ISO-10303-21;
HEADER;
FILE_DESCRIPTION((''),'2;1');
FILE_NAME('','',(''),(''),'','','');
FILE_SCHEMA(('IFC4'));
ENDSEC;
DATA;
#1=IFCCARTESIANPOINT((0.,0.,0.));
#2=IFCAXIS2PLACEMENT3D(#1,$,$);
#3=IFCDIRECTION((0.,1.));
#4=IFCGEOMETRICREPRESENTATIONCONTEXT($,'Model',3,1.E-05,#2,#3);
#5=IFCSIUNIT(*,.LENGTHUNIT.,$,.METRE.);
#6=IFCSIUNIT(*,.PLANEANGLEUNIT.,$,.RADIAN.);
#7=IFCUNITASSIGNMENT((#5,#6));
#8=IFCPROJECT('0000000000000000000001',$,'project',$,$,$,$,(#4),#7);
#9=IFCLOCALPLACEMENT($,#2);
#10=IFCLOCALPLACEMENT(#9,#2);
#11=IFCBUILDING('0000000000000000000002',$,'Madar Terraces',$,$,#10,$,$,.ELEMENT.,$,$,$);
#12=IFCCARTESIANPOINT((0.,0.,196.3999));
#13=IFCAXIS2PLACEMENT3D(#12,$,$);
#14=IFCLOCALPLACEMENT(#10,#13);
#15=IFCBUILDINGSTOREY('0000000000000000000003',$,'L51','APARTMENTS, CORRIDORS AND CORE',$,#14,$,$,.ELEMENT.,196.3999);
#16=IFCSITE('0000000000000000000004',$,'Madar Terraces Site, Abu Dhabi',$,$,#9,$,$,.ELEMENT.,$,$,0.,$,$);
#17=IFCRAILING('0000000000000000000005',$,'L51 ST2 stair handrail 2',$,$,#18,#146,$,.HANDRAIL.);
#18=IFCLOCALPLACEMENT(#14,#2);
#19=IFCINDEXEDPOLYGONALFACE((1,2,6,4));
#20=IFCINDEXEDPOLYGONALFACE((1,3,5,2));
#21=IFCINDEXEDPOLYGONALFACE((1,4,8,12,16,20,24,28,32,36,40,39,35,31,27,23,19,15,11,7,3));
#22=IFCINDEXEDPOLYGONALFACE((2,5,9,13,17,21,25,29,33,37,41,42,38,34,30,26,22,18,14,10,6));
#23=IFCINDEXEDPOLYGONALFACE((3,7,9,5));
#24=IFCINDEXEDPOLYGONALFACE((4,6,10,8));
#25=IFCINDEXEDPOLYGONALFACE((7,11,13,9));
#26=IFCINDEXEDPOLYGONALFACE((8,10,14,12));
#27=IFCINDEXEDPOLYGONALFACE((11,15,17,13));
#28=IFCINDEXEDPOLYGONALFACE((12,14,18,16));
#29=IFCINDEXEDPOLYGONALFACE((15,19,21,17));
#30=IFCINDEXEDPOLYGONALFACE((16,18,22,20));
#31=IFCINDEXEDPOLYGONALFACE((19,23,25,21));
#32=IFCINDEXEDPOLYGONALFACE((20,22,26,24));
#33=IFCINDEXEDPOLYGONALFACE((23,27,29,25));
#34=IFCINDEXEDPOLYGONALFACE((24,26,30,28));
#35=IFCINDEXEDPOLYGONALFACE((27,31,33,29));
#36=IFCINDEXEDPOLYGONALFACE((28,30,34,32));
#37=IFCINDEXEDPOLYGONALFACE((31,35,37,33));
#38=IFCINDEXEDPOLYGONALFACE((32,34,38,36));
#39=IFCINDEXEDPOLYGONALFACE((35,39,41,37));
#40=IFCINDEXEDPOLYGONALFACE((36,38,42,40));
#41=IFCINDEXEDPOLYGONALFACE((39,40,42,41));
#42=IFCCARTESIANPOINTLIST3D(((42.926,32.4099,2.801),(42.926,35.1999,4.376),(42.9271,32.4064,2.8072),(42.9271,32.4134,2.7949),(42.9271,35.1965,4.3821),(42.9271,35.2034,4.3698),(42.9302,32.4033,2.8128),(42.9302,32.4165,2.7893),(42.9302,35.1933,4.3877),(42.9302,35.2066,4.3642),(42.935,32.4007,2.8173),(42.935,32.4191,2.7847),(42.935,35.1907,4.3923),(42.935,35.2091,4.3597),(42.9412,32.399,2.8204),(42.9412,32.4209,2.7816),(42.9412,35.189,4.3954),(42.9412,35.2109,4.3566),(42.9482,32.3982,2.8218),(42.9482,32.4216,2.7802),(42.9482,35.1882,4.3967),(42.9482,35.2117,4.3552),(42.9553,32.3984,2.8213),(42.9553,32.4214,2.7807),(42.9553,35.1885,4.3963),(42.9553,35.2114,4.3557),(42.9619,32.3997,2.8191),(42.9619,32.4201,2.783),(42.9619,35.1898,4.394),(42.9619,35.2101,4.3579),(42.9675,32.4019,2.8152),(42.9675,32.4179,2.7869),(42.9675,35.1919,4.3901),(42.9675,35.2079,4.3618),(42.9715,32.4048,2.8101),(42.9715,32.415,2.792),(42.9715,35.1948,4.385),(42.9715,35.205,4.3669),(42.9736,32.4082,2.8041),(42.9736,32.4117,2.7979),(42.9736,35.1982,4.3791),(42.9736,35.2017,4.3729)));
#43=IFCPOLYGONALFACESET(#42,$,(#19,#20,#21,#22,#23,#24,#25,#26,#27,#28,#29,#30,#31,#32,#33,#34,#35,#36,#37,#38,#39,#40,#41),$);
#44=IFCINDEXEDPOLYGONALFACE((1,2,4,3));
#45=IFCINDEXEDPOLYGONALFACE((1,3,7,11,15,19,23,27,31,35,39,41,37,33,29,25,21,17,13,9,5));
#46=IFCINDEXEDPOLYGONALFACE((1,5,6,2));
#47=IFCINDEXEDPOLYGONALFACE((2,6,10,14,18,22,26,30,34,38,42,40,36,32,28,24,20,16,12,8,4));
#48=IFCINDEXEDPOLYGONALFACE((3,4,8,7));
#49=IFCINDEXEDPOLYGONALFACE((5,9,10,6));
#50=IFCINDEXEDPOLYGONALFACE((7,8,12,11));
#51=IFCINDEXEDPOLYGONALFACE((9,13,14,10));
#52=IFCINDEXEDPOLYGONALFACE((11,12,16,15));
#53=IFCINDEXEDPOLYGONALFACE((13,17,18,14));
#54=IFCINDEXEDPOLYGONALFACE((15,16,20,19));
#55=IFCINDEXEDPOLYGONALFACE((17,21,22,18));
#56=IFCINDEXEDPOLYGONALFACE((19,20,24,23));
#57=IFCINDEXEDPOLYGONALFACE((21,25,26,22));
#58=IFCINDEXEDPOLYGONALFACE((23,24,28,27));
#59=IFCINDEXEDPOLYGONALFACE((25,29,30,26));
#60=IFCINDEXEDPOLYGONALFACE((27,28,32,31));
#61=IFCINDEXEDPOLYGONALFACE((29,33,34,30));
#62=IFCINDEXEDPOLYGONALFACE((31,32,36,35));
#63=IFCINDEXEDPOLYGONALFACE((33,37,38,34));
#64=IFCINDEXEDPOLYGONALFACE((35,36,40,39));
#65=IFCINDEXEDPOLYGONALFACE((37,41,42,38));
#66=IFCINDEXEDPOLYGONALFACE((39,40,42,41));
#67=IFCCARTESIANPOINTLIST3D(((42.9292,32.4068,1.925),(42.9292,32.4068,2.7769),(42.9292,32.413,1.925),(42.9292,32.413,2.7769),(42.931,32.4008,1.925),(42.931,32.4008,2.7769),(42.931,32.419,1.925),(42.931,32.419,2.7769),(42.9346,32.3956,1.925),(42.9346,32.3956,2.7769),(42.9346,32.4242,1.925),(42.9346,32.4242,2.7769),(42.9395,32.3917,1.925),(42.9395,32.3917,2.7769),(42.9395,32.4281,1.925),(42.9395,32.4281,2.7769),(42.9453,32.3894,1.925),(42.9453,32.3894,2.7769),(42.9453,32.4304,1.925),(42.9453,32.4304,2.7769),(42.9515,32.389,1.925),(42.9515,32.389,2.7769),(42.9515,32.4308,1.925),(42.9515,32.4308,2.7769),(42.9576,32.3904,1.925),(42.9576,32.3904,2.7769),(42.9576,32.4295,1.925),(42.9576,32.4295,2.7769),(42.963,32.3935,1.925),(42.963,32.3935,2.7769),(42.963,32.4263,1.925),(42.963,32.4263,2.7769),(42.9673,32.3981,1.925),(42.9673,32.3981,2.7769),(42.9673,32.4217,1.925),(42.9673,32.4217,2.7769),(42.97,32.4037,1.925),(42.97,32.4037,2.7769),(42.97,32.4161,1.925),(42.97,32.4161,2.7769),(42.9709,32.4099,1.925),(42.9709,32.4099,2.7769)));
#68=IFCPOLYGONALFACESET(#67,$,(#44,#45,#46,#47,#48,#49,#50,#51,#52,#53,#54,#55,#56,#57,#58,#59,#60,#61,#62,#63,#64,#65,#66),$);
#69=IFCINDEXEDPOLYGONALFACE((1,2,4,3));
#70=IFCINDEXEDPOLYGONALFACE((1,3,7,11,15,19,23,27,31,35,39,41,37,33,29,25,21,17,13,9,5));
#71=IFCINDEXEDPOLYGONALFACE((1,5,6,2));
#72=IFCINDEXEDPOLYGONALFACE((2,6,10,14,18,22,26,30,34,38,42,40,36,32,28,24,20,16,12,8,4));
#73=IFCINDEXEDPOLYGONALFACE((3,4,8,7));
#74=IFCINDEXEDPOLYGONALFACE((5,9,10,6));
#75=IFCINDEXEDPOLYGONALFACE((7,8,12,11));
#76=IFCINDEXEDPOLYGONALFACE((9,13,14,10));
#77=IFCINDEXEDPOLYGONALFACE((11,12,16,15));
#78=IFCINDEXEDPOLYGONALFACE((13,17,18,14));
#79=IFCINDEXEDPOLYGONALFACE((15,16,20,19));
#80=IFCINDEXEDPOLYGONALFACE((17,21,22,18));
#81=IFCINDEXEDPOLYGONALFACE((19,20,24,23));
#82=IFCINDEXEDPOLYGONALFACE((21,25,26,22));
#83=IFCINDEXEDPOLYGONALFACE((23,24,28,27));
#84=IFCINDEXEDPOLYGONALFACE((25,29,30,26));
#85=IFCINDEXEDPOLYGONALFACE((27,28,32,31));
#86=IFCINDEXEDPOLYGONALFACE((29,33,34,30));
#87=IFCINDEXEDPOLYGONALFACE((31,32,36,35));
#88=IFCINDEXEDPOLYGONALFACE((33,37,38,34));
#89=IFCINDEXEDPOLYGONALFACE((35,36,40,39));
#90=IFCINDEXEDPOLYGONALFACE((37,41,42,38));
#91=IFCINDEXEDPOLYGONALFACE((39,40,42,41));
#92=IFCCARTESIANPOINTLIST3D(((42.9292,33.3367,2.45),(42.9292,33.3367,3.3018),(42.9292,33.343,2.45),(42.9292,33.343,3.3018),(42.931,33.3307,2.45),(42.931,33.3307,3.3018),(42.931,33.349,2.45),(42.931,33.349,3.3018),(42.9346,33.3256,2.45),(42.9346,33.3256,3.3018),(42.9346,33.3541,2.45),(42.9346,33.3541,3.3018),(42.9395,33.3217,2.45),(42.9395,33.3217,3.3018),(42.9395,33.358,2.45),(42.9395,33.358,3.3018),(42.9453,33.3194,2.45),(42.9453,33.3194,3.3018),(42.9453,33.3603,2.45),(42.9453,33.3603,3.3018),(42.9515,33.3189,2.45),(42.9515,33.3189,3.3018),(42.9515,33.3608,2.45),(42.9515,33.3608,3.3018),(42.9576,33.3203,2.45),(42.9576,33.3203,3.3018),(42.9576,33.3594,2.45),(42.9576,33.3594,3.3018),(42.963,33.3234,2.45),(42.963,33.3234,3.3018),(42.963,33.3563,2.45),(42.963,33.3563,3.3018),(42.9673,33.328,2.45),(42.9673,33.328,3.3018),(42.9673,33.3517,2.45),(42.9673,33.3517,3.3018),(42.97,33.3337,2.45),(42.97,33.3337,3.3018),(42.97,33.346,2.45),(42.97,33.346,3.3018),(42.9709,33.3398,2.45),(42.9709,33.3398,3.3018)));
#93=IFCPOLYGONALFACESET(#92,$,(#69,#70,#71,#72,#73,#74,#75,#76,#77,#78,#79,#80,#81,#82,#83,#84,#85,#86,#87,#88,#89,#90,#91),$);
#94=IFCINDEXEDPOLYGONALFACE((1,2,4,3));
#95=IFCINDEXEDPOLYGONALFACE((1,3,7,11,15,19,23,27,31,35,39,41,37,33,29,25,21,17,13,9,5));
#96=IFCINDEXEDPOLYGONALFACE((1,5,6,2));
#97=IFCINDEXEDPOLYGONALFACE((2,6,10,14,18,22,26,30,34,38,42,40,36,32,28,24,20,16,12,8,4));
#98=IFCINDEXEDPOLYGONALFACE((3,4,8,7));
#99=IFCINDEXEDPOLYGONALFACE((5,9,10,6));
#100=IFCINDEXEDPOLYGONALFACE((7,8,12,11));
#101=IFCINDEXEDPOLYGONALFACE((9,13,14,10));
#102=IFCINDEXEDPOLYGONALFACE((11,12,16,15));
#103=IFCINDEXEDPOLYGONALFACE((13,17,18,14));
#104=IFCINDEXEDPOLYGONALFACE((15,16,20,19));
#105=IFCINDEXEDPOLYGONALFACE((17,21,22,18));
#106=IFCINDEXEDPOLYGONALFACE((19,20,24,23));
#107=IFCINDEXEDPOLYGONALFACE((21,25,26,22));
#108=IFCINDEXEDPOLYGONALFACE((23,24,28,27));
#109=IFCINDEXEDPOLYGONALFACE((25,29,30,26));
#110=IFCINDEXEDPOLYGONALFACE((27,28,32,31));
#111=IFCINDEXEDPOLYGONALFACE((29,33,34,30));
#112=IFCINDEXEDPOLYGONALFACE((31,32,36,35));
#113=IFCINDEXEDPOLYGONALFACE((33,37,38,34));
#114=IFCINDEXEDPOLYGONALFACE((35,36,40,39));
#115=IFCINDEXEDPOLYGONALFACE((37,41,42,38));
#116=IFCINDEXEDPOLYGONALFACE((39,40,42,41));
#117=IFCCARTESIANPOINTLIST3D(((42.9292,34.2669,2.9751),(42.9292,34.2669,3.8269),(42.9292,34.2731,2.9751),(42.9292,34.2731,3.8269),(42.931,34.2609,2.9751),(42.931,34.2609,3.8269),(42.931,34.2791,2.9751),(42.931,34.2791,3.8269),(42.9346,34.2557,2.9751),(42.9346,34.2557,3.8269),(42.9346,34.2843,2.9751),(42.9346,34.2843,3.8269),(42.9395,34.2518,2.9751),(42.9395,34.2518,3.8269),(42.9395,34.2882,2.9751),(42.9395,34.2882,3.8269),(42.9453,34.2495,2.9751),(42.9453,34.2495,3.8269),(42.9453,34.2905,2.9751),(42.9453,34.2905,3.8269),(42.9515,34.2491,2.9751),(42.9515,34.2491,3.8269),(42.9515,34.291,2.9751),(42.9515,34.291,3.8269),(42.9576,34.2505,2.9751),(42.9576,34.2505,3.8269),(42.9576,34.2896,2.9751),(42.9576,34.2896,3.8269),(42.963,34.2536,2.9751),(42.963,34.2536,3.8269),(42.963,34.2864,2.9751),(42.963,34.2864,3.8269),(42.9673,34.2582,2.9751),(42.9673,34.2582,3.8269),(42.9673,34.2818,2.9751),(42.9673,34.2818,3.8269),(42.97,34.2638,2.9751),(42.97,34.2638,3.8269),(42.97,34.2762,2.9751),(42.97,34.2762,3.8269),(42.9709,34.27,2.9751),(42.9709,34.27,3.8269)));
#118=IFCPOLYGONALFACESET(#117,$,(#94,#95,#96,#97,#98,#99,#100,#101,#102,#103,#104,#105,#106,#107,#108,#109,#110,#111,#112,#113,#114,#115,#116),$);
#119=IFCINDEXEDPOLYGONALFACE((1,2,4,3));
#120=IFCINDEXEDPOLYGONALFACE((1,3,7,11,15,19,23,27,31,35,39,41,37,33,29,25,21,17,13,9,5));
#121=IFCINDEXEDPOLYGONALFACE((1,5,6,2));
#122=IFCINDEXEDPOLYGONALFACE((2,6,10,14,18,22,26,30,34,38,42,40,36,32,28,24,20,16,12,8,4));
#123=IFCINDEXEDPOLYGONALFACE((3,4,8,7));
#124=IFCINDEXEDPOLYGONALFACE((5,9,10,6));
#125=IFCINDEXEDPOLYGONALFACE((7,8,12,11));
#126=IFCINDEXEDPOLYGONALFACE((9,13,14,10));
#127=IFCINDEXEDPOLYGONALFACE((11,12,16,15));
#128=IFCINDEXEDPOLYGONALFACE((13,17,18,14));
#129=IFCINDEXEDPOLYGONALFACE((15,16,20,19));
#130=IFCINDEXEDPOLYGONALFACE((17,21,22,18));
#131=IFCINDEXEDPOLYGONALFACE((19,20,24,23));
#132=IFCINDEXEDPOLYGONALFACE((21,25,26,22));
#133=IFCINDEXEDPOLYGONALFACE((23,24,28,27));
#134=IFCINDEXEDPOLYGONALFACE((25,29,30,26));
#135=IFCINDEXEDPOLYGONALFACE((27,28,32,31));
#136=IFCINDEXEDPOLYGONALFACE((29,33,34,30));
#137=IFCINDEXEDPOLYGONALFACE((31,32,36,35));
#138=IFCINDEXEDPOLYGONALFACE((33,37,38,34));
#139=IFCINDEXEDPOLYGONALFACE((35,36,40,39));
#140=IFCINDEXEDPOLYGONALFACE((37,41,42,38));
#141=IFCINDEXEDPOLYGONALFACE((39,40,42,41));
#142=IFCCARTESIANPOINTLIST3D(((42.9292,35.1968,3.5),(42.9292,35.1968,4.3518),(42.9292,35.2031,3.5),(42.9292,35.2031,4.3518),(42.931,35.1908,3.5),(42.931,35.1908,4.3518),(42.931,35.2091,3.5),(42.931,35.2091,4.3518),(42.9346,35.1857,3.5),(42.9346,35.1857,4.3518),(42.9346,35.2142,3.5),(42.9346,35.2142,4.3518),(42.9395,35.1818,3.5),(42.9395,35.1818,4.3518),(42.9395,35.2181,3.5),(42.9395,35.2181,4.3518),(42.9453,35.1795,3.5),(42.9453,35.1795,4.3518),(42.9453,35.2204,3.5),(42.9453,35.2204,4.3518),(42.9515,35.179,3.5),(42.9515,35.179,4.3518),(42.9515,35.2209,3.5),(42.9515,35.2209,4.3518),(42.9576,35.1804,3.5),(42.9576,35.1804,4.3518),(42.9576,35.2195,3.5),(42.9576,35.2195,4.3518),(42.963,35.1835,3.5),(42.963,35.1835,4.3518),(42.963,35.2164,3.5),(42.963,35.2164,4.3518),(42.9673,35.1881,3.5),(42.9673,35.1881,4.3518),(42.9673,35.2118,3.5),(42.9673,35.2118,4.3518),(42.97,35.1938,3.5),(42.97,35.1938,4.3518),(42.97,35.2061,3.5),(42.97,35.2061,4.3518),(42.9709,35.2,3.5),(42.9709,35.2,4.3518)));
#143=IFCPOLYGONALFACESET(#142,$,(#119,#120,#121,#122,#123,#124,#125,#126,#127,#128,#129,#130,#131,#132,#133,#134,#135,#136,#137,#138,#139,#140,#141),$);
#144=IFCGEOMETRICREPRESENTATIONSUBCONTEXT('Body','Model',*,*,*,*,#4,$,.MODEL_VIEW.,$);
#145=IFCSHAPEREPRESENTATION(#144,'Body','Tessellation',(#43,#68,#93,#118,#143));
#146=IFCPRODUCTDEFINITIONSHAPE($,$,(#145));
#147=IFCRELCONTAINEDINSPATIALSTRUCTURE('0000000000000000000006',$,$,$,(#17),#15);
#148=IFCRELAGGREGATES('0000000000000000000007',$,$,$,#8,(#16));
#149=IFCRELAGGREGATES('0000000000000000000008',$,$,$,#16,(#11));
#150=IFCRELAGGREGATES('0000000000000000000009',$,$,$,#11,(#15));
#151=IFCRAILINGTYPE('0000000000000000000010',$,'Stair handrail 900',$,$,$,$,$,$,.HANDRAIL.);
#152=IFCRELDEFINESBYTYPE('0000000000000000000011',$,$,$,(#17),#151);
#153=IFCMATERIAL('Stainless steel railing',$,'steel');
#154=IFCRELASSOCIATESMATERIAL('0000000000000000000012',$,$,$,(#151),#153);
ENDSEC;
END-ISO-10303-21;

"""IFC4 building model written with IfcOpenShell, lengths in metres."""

from ifc_helpers import new_model, si_unit, direction, frame, origin, origin_2d, place, context, subcontext, project, spatial, circle, extrude, material, type_object, element, save


model = new_model("IFC4")

# Units and contexts
model_context = context("Model", 3, precision=1e-05, world=origin(), true_north=direction((0.0, 1.0)))
body_context = subcontext(model_context, "Body", "Model", "MODEL_VIEW")
ifc_project = project(units=[si_unit("LENGTHUNIT", "METRE"), si_unit("PLANEANGLEUNIT", "RADIAN")], contexts=[model_context])

# Site, building, storey
site_placement = place(None, origin())
site = spatial("IfcSite", under=ifc_project, at=site_placement, Name="Madar Terraces Site, Abu Dhabi", CompositionType="ELEMENT", RefElevation=0.0)
building_placement = place(site_placement, origin())
building = spatial("IfcBuilding", under=site, at=building_placement, Name="Madar Terraces", CompositionType="ELEMENT")
storey_placement = place(building_placement, frame((0.0, 0.0, 196.3999)))
storey = spatial("IfcBuildingStorey", under=building, at=storey_placement, Name="L51", Description="APARTMENTS, CORRIDORS AND CORE", CompositionType="ELEMENT", Elevation=196.3999)

# Railing
ifc_material_1 = material(Name="Stainless steel railing", Category="steel")
railing_type_1 = type_object("IfcRailingType", Name="Stair handrail 900", PredefinedType="HANDRAIL", material=ifc_material_1)
railing_1_placement = place(storey_placement, frame((42.95, 32.4099, 1.925)))
element("IfcRailing", 1, at=railing_1_placement, inside=storey, type_object=railing_type_1, Name="L51 ST2 stair handrail 2", PredefinedType="HANDRAIL", context=body_context, shape_type="SweptSolid", body=[
    extrude(circle(Radius=0.0239, at=origin_2d()), frame((0.0, 0.0, 0.876), z_axis=(0.0, 0.870834, 0.491578), x_axis=(-1.0, 0.0, 0.0)), (0.0, 0.0, 1.0), 3.2039),
    extrude(circle(Radius=0.021, at=origin_2d()), origin(), (0.0, 0.0, 1.0), 0.8518),
    extrude(circle(Radius=0.021, at=origin_2d()), frame((0.0, 0.9299, 0.5249)), (0.0, 0.0, 1.0), 0.8518),
    extrude(circle(Radius=0.021, at=origin_2d()), frame((0.0, 1.8601, 1.05)), (0.0, 0.0, 1.0), 0.8518),
    extrude(circle(Radius=0.021, at=origin_2d()), frame((0.0, 2.79, 1.575)), (0.0, 0.0, 1.0), 0.8518),
])

save(model, "model.ifc")
